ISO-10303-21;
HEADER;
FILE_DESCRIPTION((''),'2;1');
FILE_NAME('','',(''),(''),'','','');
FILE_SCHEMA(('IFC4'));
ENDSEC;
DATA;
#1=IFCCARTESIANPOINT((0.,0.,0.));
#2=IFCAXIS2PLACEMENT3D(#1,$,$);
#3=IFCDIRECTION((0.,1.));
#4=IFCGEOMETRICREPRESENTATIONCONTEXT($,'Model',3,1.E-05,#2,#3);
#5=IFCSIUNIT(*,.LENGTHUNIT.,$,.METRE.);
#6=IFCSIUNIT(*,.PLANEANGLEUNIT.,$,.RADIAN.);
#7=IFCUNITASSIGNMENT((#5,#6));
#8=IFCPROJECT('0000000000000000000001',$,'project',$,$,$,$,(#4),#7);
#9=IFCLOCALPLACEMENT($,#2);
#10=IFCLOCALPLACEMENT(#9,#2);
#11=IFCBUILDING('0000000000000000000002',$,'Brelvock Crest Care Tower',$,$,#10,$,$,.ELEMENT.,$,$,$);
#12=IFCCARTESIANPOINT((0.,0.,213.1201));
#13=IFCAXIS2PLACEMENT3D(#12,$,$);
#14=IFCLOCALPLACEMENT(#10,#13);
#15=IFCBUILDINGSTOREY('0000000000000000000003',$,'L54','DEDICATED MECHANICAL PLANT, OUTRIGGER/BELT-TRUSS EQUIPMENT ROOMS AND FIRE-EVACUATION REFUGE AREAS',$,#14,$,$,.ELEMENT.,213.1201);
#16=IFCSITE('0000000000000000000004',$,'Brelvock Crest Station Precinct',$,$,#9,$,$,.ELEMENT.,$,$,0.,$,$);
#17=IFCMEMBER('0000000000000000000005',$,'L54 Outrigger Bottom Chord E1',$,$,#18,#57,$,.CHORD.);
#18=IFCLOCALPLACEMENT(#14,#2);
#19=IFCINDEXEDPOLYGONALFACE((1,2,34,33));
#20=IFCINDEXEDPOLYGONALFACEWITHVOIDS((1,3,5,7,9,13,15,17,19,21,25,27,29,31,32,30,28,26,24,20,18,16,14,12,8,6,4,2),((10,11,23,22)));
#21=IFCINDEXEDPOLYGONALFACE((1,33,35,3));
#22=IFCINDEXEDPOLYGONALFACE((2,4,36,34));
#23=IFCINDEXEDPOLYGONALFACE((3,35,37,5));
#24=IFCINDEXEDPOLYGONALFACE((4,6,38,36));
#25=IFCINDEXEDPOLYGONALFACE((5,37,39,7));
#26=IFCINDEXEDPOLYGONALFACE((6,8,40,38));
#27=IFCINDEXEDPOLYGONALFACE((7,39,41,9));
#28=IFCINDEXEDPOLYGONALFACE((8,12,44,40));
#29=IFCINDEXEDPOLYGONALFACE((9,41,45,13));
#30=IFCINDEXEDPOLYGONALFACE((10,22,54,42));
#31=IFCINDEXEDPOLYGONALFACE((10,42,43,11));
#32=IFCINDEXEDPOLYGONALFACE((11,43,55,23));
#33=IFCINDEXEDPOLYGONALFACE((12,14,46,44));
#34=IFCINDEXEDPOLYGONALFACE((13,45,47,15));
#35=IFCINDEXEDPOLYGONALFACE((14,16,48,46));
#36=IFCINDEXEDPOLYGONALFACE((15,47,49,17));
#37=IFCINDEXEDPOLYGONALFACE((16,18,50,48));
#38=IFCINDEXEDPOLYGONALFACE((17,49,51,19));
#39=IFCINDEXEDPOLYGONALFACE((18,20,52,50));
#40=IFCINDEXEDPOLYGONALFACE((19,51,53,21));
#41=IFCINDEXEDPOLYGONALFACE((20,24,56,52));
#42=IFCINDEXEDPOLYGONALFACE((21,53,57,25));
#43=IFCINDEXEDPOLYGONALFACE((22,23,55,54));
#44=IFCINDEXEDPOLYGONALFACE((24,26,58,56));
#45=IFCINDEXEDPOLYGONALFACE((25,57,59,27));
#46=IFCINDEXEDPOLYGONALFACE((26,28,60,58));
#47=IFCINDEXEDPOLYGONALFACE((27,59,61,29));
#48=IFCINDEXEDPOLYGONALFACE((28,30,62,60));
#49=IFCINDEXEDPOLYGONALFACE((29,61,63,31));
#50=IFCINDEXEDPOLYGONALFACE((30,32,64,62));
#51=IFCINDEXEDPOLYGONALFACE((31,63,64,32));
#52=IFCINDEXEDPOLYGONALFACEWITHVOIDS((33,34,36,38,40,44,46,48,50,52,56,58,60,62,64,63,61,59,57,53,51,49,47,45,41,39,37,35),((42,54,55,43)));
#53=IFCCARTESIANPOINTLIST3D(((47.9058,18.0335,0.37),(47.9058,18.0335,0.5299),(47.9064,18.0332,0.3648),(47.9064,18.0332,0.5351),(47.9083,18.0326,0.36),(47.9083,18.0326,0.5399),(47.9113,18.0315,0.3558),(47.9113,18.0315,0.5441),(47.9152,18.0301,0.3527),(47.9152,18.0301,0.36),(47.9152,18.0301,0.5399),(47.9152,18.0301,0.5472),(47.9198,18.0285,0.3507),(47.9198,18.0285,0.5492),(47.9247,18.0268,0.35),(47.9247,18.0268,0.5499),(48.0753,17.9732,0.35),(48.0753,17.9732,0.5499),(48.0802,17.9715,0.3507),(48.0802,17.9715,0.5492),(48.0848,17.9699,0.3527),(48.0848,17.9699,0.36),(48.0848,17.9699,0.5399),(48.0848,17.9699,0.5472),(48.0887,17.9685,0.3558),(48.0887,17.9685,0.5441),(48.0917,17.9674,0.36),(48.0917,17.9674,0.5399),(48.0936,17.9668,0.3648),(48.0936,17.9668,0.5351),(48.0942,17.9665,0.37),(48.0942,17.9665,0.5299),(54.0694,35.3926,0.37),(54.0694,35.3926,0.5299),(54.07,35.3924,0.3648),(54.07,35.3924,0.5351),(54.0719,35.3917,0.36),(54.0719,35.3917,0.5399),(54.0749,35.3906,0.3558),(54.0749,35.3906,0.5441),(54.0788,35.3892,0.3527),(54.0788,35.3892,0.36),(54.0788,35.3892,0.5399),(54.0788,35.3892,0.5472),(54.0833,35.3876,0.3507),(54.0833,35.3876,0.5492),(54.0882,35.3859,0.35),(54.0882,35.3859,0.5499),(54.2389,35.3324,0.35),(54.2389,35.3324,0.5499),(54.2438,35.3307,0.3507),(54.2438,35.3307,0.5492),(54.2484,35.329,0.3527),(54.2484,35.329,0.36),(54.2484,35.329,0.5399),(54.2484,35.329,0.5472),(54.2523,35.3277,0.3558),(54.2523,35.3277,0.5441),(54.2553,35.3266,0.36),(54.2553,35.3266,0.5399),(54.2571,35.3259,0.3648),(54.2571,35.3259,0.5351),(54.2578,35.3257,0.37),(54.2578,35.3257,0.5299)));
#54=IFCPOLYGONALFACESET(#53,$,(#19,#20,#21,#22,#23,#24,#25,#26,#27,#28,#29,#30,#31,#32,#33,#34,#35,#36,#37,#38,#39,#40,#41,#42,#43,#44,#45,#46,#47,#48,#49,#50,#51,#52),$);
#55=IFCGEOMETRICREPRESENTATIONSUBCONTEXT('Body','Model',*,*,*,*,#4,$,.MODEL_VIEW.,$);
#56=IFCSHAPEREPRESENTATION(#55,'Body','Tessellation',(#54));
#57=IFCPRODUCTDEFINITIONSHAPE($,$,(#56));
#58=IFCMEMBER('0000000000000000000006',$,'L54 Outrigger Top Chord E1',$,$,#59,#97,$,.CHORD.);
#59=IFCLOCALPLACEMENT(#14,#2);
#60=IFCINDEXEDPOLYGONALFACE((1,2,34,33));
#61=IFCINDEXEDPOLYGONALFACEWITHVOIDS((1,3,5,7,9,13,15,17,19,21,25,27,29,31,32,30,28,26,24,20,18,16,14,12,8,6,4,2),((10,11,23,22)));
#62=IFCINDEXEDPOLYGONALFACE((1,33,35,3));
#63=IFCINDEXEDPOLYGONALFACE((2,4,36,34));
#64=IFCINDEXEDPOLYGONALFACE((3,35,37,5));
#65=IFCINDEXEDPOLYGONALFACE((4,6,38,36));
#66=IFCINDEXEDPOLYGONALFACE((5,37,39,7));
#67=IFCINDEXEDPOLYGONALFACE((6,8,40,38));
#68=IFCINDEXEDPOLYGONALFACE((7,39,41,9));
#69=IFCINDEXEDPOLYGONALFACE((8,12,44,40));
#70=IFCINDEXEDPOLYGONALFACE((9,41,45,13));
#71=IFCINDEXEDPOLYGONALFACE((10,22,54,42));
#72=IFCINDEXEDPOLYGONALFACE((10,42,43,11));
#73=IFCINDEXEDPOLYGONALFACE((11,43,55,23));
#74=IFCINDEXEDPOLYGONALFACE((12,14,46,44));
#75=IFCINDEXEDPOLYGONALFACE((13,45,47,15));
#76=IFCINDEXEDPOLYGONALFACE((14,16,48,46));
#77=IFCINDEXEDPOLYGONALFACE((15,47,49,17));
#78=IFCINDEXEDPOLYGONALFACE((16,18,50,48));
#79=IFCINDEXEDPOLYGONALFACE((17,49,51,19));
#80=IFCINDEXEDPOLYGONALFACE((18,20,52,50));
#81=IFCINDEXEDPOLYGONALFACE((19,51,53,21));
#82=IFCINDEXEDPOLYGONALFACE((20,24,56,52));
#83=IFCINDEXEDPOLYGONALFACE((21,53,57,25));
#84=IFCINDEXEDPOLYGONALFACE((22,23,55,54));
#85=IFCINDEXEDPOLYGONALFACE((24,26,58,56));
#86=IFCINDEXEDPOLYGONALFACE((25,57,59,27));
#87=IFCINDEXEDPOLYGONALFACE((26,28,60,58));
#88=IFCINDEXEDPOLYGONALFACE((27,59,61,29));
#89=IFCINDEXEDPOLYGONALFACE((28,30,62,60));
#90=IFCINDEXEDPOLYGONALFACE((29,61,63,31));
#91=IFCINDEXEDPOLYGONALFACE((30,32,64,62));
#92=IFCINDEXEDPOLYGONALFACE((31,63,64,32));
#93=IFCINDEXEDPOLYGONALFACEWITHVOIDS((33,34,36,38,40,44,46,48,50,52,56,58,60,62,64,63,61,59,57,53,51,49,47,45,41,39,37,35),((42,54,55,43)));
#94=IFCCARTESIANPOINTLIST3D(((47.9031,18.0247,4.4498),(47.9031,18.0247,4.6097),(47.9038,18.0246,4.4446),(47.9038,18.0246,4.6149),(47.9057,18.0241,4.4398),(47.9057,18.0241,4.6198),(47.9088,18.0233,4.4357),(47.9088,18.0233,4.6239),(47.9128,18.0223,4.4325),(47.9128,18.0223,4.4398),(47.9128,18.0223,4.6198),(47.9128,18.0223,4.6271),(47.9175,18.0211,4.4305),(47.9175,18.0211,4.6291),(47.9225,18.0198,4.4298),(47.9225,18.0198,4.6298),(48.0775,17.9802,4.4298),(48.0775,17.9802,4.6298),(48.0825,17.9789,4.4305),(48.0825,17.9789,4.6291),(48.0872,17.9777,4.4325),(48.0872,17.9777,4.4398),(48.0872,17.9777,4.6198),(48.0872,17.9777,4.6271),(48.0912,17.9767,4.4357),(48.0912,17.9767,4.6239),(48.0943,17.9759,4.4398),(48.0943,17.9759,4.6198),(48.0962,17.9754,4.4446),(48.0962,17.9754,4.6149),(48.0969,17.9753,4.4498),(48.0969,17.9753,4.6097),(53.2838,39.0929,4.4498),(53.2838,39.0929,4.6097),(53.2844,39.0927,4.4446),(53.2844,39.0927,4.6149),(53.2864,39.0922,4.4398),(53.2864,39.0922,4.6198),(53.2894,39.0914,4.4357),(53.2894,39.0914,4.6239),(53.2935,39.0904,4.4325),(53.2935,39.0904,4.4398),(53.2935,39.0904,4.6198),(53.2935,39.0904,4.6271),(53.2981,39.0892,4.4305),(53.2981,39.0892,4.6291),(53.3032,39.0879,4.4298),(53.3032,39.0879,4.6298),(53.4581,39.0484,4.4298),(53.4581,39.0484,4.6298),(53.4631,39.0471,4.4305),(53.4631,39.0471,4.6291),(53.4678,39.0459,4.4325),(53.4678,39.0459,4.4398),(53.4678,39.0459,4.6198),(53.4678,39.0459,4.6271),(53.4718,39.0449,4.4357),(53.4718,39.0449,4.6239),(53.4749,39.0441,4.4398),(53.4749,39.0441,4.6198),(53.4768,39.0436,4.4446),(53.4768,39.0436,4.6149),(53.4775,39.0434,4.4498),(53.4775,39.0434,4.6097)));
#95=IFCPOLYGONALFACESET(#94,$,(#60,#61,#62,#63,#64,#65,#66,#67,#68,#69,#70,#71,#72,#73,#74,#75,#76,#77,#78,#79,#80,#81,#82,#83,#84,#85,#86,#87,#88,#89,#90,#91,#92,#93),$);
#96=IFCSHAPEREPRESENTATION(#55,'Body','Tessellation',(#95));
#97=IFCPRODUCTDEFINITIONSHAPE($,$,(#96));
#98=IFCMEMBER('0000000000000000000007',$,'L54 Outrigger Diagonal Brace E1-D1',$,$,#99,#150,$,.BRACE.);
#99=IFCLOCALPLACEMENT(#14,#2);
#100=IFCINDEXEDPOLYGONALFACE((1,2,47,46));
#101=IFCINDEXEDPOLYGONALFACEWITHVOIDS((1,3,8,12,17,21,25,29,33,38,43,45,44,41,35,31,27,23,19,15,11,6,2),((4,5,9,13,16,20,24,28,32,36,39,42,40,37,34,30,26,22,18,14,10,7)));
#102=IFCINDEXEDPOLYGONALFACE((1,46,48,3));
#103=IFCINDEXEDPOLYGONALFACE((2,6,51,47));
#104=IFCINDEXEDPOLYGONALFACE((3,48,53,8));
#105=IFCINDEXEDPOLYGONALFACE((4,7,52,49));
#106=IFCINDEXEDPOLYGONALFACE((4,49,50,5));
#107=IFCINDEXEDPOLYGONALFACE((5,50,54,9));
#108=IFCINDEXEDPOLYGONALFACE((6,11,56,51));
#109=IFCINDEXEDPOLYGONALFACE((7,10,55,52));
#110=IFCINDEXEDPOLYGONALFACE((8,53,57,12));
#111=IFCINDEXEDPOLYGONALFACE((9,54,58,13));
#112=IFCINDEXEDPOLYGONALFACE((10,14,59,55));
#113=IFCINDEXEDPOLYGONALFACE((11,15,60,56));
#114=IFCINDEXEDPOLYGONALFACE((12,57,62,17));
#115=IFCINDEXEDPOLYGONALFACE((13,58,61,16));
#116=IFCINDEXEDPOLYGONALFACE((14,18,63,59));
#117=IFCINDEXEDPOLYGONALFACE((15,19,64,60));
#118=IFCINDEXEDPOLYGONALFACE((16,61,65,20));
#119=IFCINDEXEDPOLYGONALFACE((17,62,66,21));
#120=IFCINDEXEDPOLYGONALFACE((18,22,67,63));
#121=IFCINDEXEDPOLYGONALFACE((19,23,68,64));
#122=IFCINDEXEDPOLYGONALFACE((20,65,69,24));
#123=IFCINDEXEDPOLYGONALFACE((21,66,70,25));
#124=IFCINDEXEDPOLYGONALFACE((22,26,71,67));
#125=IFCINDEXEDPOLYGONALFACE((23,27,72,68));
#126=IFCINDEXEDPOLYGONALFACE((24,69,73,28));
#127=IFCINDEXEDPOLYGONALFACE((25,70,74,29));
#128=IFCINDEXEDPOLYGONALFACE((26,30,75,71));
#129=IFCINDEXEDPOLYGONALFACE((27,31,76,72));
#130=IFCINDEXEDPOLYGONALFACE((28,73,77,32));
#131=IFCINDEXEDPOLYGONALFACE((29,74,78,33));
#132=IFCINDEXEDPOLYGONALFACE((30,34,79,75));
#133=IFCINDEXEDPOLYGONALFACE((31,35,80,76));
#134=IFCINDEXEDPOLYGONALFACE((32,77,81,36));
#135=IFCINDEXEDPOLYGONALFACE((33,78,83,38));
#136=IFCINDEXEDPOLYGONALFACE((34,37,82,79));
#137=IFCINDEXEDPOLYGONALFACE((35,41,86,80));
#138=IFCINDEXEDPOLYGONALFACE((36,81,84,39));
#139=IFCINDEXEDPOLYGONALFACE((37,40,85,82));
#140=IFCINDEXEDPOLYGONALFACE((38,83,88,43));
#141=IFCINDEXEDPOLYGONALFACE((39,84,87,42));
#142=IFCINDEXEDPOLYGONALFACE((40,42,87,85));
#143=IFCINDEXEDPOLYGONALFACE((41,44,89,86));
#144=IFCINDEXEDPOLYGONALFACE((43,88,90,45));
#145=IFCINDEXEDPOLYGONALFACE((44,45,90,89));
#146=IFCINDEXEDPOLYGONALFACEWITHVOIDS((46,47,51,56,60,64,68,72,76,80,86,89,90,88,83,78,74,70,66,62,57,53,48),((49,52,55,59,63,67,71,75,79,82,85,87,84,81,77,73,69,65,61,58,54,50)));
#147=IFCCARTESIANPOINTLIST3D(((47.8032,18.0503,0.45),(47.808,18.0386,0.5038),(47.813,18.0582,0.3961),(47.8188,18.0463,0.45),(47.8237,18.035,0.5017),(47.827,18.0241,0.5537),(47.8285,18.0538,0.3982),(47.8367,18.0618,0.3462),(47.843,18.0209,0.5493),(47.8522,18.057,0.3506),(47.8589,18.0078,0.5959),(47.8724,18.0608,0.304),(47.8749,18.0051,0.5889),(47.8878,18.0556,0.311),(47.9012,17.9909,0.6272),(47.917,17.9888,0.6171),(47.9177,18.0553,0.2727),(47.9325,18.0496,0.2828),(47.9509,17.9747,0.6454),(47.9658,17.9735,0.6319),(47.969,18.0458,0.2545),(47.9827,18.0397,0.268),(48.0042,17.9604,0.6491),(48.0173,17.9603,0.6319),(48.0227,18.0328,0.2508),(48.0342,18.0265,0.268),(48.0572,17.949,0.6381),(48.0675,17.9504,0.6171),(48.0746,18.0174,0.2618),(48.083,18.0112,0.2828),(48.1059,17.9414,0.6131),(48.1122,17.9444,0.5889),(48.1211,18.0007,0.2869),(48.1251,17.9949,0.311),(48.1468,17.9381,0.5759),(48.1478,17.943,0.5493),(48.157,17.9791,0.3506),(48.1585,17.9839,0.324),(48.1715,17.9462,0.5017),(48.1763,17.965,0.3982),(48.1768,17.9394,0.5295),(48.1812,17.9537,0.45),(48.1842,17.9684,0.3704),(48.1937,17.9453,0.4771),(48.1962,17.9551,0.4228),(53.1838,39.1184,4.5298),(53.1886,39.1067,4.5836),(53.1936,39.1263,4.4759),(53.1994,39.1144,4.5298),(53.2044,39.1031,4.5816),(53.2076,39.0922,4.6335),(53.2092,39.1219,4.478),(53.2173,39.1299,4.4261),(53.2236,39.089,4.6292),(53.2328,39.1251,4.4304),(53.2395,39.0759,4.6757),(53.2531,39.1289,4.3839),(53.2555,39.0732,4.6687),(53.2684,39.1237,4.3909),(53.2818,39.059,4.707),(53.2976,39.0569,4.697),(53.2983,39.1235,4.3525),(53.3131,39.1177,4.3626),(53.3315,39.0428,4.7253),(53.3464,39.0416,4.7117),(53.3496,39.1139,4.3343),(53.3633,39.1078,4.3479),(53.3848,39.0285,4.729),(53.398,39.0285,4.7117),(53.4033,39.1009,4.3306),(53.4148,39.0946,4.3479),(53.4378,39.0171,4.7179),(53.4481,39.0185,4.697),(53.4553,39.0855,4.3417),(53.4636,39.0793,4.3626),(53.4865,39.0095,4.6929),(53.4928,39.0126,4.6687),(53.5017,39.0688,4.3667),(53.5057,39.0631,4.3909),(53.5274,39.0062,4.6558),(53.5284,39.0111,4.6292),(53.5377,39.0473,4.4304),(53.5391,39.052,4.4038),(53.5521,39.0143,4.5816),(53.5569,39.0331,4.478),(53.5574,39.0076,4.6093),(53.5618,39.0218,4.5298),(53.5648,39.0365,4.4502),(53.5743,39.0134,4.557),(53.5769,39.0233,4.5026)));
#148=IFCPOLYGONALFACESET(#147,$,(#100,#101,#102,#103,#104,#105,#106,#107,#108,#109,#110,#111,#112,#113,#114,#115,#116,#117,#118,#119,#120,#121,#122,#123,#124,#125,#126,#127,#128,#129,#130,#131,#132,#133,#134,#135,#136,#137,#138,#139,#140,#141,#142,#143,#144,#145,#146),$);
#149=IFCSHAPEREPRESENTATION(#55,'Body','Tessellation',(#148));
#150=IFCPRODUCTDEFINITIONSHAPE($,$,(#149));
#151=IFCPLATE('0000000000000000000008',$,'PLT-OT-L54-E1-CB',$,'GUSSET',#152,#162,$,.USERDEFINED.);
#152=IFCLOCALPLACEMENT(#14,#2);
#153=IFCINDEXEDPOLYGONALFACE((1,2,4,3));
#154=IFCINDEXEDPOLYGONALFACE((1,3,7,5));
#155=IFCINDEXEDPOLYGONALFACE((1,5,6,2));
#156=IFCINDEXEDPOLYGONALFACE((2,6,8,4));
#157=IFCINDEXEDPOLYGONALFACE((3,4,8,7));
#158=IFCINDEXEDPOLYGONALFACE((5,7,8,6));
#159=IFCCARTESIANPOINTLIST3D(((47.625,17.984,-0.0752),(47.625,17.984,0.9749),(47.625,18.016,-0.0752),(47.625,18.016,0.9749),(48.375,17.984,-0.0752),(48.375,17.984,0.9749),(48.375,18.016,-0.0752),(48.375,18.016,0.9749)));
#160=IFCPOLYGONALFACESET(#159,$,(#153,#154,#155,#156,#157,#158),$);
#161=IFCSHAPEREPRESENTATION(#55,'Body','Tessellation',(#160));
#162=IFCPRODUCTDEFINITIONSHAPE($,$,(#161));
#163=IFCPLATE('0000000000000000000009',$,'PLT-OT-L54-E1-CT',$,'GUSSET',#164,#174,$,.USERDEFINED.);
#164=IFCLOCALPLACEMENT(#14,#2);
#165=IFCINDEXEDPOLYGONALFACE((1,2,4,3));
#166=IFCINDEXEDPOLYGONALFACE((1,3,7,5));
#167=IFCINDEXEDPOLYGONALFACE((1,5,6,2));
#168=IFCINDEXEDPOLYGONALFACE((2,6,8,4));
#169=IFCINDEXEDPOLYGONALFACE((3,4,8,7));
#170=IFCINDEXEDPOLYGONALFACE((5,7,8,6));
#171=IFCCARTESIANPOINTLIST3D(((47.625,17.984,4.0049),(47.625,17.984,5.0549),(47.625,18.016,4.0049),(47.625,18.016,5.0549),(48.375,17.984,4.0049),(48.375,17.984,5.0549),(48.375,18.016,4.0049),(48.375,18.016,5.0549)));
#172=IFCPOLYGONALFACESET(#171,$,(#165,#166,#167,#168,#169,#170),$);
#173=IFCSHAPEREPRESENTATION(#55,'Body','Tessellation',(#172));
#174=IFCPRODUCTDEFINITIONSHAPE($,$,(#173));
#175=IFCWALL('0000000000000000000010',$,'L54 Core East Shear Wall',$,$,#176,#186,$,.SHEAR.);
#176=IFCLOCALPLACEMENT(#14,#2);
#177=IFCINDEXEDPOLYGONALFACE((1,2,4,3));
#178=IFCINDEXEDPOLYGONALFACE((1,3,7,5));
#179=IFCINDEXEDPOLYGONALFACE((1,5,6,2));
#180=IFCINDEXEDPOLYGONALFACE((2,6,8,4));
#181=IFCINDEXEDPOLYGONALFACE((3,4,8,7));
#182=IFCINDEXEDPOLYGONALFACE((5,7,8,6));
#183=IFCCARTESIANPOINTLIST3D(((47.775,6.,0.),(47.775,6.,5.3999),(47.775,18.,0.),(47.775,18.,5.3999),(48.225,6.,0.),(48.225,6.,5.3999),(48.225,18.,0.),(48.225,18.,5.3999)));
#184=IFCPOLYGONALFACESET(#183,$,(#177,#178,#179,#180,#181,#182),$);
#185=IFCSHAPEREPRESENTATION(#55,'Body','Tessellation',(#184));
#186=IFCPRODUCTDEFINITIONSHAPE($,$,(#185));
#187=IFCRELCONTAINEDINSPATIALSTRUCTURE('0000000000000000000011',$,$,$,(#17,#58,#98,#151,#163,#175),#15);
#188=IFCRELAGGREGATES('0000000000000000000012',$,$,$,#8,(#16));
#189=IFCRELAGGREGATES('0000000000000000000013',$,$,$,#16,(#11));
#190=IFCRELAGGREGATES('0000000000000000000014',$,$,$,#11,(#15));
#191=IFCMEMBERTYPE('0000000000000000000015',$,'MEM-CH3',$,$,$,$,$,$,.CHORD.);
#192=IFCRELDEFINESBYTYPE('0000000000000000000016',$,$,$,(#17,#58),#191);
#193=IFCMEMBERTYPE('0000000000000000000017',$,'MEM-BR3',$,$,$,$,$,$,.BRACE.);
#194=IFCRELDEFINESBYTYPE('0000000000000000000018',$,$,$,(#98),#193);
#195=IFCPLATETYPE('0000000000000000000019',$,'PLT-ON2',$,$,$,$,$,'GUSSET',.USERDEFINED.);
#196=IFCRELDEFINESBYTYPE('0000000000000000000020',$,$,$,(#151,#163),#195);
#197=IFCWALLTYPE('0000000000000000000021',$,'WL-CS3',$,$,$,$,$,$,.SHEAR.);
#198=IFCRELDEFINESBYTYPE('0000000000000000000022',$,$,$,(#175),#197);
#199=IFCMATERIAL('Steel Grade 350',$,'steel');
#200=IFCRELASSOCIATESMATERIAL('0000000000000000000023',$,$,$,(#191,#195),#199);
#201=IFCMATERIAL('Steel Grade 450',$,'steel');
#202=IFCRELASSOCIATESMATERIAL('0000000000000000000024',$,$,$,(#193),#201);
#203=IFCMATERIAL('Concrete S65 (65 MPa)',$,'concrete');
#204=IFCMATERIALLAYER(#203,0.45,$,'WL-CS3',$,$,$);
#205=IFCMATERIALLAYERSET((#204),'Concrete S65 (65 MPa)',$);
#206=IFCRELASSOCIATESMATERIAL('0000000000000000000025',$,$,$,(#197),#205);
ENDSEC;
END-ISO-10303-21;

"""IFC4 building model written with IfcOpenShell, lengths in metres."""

from ifc_helpers import new_model, si_unit, direction, frame, frame_2d, origin, origin_2d, place, context, subcontext, project, spatial, rectangle, hollow_rectangle, hollow_circle, extrude, source, transform, mapped, material, layer, layer_set, material_profile, profile_set, type_object, element, save


model = new_model("IFC4")

# Units and contexts
model_context = context("Model", 3, precision=1e-05, world=origin(), true_north=direction((0.0, 1.0)))
body_context = subcontext(model_context, "Body", "Model", "MODEL_VIEW")
ifc_project = project(units=[si_unit("LENGTHUNIT", "METRE"), si_unit("PLANEANGLEUNIT", "RADIAN")], contexts=[model_context])

# Site, building, storey
site_placement = place(None, origin())
site = spatial("IfcSite", under=ifc_project, at=site_placement, Name="Brelvock Crest Station Precinct", CompositionType="ELEMENT", RefElevation=0.0)
building_placement = place(site_placement, origin())
building = spatial("IfcBuilding", under=site, at=building_placement, Name="Brelvock Crest Care Tower", CompositionType="ELEMENT")
storey_placement = place(building_placement, frame((0.0, 0.0, 213.1201)))
storey = spatial("IfcBuildingStorey", under=building, at=storey_placement, Name="L54", Description="DEDICATED MECHANICAL PLANT, OUTRIGGER/BELT-TRUSS EQUIPMENT ROOMS AND FIRE-EVACUATION REFUGE AREAS", CompositionType="ELEMENT", Elevation=213.1201)

# Shared definitions
ifc_material_1 = material(Name="Concrete S65 (65 MPa)", Category="concrete")

# Shared definitions
ifc_material_2 = material(Name="Steel Grade 350", Category="steel")

# Members
ifc_material_profile_1 = material_profile(ifc_material_2, hollow_rectangle(XDim=0.2, YDim=0.2, WallThickness=0.01, OuterFilletRadius=0.02, at=origin_2d()), Name="SHS200x200x10.0")
ifc_profile_set_1 = profile_set([ifc_material_profile_1], Name="Steel Grade 350")
member_type_1 = type_object("IfcMemberType", Name="MEM-CH3", PredefinedType="CHORD", material=ifc_profile_set_1)
shared_shape_1 = source(origin(), body_context, "Body", "SweptSolid", [
    extrude(hollow_rectangle(XDim=0.2, YDim=0.2, WallThickness=0.01, OuterFilletRadius=0.02, at=origin_2d()), origin(), (0.0, 0.0, 1.0), 18.4209),
])
member_1_placement = place(storey_placement, frame((48.0, 18.0, 0.45), z_axis=(0.334597, 0.942361, 0.0), x_axis=(-0.942361, 0.334597, 0.0)))
element("IfcMember", 1, at=member_1_placement, inside=storey, type_object=member_type_1, Name="L54 Outrigger Bottom Chord E1", PredefinedType="CHORD", context=body_context, shape_type="MappedRepresentation", body=[
    mapped(shared_shape_1, transform((0.0, 0.0, 0.0), x_axis=(1.0, 0.0, 0.0), y_axis=(0.0, 1.0, 0.0), z_axis=(0.0, 0.0, 1.0), scale=1.0)),
])
shared_shape_2 = source(origin(), body_context, "Body", "SweptSolid", [
    extrude(hollow_rectangle(XDim=0.2, YDim=0.2, WallThickness=0.01, OuterFilletRadius=0.02, at=origin_2d()), origin(), (0.0, 0.0, 1.0), 21.7444),
])
member_2_placement = place(storey_placement, frame((48.0, 18.0, 4.5298), z_axis=(0.247449, 0.968901, 0.0), x_axis=(-0.968901, 0.247449, 0.0)))
element("IfcMember", 2, at=member_2_placement, inside=storey, type_object=member_type_1, Name="L54 Outrigger Top Chord E1", PredefinedType="CHORD", context=body_context, shape_type="MappedRepresentation", body=[
    mapped(shared_shape_2, transform((0.0, 0.0, 0.0), x_axis=(1.0, 0.0, 0.0), y_axis=(0.0, 1.0, 0.0), z_axis=(0.0, 0.0, 1.0), scale=1.0)),
])
ifc_material_3 = material(Name="Steel Grade 450", Category="steel")
ifc_material_profile_2 = material_profile(ifc_material_3, hollow_circle(Radius=0.2031, WallThickness=0.0161, at=origin_2d()), Name="CHS406.4x16.0")
ifc_profile_set_2 = profile_set([ifc_material_profile_2], Name="Steel Grade 450")
member_type_2 = type_object("IfcMemberType", Name="MEM-BR3", PredefinedType="BRACE", material=ifc_profile_set_2)
shared_shape_3 = source(origin(), body_context, "Body", "SweptSolid", [
    extrude(hollow_circle(Radius=0.2031, WallThickness=0.0161, at=origin_2d()), origin(), (0.0, 0.0, 1.0), 22.1238),
])
member_3_placement = place(storey_placement, frame((48.0, 18.0, 0.45), z_axis=(0.243205, 0.952284, 0.184409), x_axis=(-0.968901, 0.247449, 0.0)))
element("IfcMember", 3, at=member_3_placement, inside=storey, type_object=member_type_2, Name="L54 Outrigger Diagonal Brace E1-D1", PredefinedType="BRACE", context=body_context, shape_type="MappedRepresentation", body=[
    mapped(shared_shape_3, transform((0.0, 0.0, 0.0), x_axis=(1.0, 0.0, 0.0), y_axis=(0.0, 1.0, 0.0), z_axis=(0.0, 0.0, 1.0), scale=1.0)),
])

# Plates
plate_type = type_object("IfcPlateType", Name="PLT-ON2", ElementType="GUSSET", PredefinedType="USERDEFINED", material=ifc_material_2)
shared_shape_4 = source(origin(), body_context, "Body", "SweptSolid", [
    extrude(rectangle(XDim=0.75, YDim=0.032, at=origin_2d()), origin(), (0.0, 0.0, 1.0), 1.05),
])
for number, where, z_axis, x_axis, name in (
    (4, (48.0, 18.0, -0.0752), (0.0, 0.0, 1.0), (1.0, 0.0, 0.0), "PLT-OT-L54-E1-CB"),
    (5, (48.0, 18.0, 4.0049), (0.0, 0.0, 1.0), (1.0, 0.0, 0.0), "PLT-OT-L54-E1-CT"),
):
    element("IfcPlate", number, at=place(storey_placement, frame(where, z_axis=z_axis, x_axis=x_axis)), inside=storey, type_object=plate_type, Name=name, ObjectType="GUSSET", PredefinedType="USERDEFINED", context=body_context, shape_type="MappedRepresentation", body=[
        mapped(shared_shape_4, transform((0.0, 0.0, 0.0), x_axis=(1.0, 0.0, 0.0), y_axis=(0.0, 1.0, 0.0), z_axis=(0.0, 0.0, 1.0), scale=1.0)),
    ])

# Wall
ifc_layer_1 = layer(ifc_material_1, 0.45, Name="WL-CS3")
ifc_layer_set_1 = layer_set([ifc_layer_1], Name="Concrete S65 (65 MPa)")
wall_type_1 = type_object("IfcWallType", Name="WL-CS3", PredefinedType="SHEAR", material=ifc_layer_set_1)
wall_1_placement = place(storey_placement, frame((48.0, 18.0, 0.0), z_axis=(0.0, 0.0, 1.0), x_axis=(0.0, -1.0, 0.0)))
element("IfcWall", 6, at=wall_1_placement, inside=storey, type_object=wall_type_1, Name="L54 Core East Shear Wall", PredefinedType="SHEAR", context=body_context, shape_type="SweptSolid", body=[
    extrude(rectangle(XDim=12.0, YDim=0.45, at=frame_2d((6.0, 0.0))), origin(), (0.0, 0.0, 1.0), 5.3999),
])

save(model, "model.ifc")
